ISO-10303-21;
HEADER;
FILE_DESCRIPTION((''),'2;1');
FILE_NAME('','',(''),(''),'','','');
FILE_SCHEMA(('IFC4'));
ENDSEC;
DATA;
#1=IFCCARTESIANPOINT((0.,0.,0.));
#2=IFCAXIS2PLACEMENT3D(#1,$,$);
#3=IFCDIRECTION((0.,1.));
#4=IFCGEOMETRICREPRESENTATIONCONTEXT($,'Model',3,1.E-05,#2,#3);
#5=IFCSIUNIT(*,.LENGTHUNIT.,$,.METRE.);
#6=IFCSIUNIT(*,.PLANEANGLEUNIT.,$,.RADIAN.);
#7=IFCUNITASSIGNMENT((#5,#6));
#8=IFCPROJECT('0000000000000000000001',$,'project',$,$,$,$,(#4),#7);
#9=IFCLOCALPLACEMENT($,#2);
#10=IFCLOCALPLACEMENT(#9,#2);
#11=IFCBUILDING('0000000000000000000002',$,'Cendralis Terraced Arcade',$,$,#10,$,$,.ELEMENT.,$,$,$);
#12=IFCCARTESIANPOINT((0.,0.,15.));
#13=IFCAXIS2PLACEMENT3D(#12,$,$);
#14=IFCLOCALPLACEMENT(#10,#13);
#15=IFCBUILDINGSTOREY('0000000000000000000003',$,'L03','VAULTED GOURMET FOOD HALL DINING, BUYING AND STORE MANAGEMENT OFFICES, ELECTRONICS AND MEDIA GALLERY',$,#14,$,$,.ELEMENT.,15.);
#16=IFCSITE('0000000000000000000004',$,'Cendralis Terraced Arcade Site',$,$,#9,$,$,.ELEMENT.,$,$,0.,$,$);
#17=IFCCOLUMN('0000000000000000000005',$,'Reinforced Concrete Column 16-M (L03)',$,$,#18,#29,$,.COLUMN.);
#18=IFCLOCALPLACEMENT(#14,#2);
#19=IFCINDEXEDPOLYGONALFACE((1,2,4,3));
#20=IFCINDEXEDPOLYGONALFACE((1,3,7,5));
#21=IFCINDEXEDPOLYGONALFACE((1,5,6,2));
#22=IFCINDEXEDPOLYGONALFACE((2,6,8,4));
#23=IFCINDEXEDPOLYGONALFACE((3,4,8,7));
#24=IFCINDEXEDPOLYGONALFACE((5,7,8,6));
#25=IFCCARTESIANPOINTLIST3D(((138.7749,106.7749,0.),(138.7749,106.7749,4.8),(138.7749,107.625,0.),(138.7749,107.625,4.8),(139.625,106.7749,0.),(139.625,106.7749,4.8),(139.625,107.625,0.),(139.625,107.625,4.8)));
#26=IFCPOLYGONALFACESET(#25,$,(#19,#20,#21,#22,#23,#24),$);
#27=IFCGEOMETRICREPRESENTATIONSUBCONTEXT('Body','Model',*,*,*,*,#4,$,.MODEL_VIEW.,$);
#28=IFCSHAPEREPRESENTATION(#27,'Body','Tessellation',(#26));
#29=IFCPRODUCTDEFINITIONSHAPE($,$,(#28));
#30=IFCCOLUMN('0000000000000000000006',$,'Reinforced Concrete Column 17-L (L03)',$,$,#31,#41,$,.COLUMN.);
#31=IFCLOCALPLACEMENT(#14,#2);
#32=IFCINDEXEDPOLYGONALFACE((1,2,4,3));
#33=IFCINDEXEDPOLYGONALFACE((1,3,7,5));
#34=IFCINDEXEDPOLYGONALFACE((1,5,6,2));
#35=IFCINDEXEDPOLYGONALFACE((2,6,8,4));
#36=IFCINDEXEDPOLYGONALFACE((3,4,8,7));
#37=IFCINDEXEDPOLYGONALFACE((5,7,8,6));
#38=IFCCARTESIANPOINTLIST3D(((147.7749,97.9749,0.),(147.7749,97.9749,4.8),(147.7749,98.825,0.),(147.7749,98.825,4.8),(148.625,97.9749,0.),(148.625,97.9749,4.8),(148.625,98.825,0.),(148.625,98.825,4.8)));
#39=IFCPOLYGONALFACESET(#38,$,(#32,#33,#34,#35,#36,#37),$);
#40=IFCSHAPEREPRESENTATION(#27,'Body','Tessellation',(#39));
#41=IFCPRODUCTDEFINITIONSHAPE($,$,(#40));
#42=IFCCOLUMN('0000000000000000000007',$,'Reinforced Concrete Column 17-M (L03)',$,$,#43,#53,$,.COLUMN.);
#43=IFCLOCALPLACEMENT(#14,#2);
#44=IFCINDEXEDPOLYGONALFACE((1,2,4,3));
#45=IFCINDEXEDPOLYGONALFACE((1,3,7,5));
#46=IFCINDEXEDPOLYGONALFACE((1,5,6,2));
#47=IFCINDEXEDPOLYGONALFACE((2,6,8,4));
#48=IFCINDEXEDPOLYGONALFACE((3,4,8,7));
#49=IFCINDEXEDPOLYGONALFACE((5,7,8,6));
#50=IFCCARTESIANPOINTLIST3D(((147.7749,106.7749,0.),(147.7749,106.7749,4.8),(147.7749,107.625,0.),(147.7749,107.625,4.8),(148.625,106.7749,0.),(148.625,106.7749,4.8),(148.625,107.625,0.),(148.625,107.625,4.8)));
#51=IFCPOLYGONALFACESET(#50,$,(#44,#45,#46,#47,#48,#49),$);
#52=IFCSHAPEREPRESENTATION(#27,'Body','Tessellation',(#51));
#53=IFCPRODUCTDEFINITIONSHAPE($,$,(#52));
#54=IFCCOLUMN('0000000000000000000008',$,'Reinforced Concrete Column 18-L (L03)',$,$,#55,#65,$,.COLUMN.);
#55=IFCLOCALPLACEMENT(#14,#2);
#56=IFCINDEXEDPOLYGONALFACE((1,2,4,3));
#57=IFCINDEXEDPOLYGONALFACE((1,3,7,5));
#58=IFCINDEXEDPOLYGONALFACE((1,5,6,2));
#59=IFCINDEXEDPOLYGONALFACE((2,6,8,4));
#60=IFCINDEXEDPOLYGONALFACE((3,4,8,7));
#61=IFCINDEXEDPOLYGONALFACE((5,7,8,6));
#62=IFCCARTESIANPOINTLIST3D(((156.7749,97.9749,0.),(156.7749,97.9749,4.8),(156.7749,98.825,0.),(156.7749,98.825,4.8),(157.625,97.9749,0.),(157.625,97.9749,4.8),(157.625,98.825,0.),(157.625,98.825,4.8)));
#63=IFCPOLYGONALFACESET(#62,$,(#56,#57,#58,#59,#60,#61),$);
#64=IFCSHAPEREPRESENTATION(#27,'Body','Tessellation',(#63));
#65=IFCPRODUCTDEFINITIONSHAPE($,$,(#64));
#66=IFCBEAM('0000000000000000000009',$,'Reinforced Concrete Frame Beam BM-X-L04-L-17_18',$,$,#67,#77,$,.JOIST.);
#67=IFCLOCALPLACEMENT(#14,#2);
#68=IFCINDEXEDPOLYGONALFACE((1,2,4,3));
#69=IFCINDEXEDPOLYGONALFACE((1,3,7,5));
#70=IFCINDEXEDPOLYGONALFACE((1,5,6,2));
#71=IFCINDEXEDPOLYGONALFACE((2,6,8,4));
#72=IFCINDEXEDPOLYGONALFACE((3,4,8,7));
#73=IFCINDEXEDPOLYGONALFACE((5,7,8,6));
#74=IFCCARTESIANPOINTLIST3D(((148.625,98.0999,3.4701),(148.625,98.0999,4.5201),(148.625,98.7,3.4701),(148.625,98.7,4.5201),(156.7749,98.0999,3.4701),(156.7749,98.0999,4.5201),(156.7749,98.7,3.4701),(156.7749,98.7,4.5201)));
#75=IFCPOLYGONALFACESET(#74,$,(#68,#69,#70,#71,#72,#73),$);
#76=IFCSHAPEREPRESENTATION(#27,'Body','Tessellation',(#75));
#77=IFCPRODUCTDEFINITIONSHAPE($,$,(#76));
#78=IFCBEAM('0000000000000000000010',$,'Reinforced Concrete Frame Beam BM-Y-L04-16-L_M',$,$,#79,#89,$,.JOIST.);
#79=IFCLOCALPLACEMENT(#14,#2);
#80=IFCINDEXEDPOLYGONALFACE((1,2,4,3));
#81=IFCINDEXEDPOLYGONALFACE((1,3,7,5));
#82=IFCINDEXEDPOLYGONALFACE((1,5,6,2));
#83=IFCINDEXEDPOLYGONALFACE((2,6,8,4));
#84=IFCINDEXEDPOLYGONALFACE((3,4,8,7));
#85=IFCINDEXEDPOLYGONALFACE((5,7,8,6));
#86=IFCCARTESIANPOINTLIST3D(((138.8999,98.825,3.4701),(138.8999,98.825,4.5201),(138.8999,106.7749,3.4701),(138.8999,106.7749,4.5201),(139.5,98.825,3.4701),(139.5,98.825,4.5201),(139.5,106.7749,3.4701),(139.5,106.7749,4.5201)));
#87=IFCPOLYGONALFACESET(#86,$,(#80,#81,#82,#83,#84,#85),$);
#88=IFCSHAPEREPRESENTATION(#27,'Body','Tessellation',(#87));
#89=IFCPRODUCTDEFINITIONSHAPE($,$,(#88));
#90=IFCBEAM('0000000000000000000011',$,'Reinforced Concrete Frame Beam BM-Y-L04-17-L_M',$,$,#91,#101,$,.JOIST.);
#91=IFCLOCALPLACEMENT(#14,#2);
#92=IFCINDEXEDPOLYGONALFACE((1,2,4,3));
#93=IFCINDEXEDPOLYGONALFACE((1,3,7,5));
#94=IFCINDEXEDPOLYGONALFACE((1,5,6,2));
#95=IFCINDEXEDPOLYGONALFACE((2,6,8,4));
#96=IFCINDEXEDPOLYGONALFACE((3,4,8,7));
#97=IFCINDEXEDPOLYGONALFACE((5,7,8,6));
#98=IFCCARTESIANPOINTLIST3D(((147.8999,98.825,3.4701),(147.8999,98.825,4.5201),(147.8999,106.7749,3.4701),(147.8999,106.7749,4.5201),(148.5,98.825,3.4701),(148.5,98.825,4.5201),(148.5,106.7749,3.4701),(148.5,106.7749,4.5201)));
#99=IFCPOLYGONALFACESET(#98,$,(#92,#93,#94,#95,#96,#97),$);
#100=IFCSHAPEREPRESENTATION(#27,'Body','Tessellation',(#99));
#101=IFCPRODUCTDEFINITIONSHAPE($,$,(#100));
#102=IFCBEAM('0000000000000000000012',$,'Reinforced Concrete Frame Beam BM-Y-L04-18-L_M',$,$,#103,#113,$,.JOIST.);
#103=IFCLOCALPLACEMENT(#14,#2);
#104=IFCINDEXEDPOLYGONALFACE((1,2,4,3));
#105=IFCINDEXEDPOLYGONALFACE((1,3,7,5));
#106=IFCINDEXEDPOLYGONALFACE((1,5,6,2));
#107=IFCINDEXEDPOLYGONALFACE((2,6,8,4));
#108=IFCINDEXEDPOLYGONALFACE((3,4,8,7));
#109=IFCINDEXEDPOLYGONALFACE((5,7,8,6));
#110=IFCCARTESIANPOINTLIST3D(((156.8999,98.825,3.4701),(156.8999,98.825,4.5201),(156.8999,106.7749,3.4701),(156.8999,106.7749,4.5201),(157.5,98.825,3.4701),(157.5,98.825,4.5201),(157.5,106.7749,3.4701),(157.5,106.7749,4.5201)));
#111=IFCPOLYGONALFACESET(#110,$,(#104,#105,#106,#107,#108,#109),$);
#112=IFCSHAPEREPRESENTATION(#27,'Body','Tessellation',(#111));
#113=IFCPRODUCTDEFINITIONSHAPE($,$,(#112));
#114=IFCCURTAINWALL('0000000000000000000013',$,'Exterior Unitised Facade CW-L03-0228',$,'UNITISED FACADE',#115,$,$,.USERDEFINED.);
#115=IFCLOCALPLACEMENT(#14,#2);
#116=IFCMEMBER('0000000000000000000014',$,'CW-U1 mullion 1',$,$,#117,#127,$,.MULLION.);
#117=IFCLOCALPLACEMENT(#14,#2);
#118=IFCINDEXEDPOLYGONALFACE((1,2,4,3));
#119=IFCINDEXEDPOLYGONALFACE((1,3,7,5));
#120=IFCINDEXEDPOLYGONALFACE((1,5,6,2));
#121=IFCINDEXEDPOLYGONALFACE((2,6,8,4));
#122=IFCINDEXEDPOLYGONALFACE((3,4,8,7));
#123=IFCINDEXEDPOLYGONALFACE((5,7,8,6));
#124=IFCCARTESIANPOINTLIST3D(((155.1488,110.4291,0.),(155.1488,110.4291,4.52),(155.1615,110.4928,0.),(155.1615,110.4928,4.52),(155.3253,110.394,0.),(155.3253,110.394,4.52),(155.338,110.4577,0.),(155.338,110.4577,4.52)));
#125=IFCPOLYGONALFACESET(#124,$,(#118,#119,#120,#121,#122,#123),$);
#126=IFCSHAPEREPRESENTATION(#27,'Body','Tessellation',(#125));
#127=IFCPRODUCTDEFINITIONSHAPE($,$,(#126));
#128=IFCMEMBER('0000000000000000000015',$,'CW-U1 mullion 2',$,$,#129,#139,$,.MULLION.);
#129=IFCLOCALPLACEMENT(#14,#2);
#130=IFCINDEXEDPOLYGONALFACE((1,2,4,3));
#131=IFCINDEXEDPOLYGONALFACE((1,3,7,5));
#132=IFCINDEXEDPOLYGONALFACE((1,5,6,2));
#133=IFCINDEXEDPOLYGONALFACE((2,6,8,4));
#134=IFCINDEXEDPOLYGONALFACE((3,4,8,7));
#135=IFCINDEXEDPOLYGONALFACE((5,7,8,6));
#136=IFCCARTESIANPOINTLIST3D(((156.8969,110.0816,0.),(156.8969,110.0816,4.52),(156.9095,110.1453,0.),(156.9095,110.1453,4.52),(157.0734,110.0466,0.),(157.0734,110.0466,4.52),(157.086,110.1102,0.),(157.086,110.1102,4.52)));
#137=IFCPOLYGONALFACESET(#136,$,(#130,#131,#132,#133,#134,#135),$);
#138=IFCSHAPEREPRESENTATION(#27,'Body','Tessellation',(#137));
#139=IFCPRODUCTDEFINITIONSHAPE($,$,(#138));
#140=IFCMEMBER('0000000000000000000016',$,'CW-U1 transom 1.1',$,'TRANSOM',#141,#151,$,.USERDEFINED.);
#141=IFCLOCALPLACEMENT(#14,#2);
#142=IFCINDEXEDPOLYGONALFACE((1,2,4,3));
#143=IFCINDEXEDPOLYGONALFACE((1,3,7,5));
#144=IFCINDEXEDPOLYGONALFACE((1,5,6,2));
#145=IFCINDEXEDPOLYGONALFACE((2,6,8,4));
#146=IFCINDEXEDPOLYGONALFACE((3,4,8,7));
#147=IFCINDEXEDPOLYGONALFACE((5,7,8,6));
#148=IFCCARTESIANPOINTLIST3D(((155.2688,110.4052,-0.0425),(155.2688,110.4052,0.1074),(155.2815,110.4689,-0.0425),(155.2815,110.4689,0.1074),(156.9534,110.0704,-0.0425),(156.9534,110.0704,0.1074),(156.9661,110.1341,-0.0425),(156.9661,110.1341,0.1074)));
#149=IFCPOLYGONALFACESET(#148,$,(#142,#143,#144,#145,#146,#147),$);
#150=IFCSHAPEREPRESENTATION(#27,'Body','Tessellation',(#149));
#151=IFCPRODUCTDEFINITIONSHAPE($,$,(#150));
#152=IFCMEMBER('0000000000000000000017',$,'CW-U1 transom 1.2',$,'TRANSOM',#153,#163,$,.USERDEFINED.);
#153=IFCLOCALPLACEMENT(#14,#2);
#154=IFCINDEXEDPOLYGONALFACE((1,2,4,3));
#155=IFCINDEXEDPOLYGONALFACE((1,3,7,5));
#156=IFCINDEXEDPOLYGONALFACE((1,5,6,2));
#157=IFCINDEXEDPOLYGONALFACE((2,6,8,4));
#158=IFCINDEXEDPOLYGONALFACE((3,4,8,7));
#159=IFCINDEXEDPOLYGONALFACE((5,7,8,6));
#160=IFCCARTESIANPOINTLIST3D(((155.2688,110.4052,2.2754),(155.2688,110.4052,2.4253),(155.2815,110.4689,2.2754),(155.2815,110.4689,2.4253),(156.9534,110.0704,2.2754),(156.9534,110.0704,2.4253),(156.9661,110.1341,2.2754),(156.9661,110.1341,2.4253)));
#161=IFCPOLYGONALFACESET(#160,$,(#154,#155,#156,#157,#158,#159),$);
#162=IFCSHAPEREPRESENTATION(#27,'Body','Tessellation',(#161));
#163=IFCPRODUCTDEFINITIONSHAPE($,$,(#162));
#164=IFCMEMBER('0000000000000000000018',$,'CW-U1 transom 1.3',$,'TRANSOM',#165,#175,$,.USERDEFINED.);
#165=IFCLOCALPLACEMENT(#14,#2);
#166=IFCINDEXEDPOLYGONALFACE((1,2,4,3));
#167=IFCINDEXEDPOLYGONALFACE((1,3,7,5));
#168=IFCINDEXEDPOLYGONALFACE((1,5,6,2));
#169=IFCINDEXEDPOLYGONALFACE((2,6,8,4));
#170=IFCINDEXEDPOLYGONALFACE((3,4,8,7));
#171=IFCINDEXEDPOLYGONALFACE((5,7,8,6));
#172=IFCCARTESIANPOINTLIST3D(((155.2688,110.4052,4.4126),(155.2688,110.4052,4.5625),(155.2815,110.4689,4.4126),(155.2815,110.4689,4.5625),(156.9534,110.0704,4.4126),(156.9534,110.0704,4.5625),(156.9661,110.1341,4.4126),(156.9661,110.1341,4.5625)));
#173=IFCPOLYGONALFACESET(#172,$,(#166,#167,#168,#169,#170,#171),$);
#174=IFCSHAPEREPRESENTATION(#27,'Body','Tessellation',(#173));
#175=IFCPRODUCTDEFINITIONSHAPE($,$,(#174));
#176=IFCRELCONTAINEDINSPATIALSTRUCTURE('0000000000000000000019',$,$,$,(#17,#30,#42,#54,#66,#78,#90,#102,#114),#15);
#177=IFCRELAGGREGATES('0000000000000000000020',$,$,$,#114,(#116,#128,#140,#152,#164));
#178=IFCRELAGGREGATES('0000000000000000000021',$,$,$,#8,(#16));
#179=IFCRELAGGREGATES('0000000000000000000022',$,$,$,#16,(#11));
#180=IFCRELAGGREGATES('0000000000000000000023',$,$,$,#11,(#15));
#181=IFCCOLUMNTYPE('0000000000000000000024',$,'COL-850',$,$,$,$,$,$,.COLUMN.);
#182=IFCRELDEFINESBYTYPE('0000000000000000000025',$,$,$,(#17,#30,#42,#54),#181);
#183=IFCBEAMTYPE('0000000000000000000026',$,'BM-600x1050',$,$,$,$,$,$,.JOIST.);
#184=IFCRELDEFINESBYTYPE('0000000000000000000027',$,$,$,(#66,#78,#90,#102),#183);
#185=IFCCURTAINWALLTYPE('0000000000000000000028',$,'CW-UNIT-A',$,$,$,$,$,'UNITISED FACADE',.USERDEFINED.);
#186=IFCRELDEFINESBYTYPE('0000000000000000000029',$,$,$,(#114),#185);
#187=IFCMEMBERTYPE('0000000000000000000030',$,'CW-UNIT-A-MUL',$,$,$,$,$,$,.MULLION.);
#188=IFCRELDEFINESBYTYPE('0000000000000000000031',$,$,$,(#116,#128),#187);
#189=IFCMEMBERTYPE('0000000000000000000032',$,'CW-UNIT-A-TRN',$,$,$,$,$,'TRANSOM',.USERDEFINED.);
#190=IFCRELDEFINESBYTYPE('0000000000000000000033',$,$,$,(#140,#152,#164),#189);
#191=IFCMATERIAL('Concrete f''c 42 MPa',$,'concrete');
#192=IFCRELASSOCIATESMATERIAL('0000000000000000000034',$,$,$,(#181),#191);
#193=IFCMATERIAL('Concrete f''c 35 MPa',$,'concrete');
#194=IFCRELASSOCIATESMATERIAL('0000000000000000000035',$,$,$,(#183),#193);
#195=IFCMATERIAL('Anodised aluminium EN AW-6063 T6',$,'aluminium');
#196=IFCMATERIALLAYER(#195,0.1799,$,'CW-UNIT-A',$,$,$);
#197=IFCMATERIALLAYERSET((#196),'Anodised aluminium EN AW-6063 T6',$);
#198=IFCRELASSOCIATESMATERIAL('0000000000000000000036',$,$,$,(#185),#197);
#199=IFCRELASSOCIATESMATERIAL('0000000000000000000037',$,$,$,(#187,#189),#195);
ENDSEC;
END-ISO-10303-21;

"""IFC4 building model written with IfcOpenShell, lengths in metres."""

from ifc_helpers import new_model, si_unit, direction, frame, origin, origin_2d, place, context, subcontext, project, spatial, rectangle, extrude, material, layer, layer_set, material_profile, profile_set, type_object, element, aggregate, save


model = new_model("IFC4")

# Units and contexts
model_context = context("Model", 3, precision=1e-05, world=origin(), true_north=direction((0.0, 1.0)))
body_context = subcontext(model_context, "Body", "Model", "MODEL_VIEW")
ifc_project = project(units=[si_unit("LENGTHUNIT", "METRE"), si_unit("PLANEANGLEUNIT", "RADIAN")], contexts=[model_context])

# Site, building, storey
site_placement = place(None, origin())
site = spatial("IfcSite", under=ifc_project, at=site_placement, Name="Cendralis Terraced Arcade Site", CompositionType="ELEMENT", RefElevation=0.0)
building_placement = place(site_placement, origin())
building = spatial("IfcBuilding", under=site, at=building_placement, Name="Cendralis Terraced Arcade", CompositionType="ELEMENT")
storey_placement = place(building_placement, frame((0.0, 0.0, 15.0)))
storey = spatial("IfcBuildingStorey", under=building, at=storey_placement, Name="L03", Description="VAULTED GOURMET FOOD HALL DINING, BUYING AND STORE MANAGEMENT OFFICES, ELECTRONICS AND MEDIA GALLERY", CompositionType="ELEMENT", Elevation=15.0)

# Columns
ifc_material_1 = material(Name="Concrete f'c 42 MPa", Category="concrete")
ifc_material_profile_1 = material_profile(ifc_material_1, rectangle(XDim=0.8501, YDim=0.8501, at=origin_2d()), Name="RC-COL-850x850", Category="LoadBearing")
ifc_profile_set_1 = profile_set([ifc_material_profile_1], Name="Concrete f'c 42 MPa")
column_type = type_object("IfcColumnType", Name="COL-850", PredefinedType="COLUMN", material=ifc_profile_set_1)
for number, where, z_axis, x_axis, name in (
    (1, (139.2, 107.2, 0.0), (0.0, 0.0, 1.0), (1.0, 0.0, 0.0), "Reinforced Concrete Column 16-M (L03)"),
    (2, (148.2, 98.3999, 0.0), (0.0, 0.0, 1.0), (1.0, 0.0, 0.0), "Reinforced Concrete Column 17-L (L03)"),
    (3, (148.2, 107.2, 0.0), (0.0, 0.0, 1.0), (1.0, 0.0, 0.0), "Reinforced Concrete Column 17-M (L03)"),
    (4, (157.2, 98.3999, 0.0), (0.0, 0.0, 1.0), (1.0, 0.0, 0.0), "Reinforced Concrete Column 18-L (L03)"),
):
    element("IfcColumn", number, at=place(storey_placement, frame(where, z_axis=z_axis, x_axis=x_axis)), inside=storey, type_object=column_type, Name=name, PredefinedType="COLUMN", context=body_context, shape_type="SweptSolid", body=[
        extrude(rectangle(XDim=0.8501, YDim=0.8501, at=origin_2d()), origin(), (0.0, 0.0, 1.0), 4.8),
    ])

# Beams
ifc_material_2 = material(Name="Concrete f'c 35 MPa", Category="concrete")
ifc_material_profile_2 = material_profile(ifc_material_2, rectangle(XDim=0.6001, YDim=1.05, at=origin_2d()), Name="RC-BM-600x1050", Category="LoadBearing")
ifc_profile_set_2 = profile_set([ifc_material_profile_2], Name="Concrete f'c 35 MPa")
beam_type = type_object("IfcBeamType", Name="BM-600x1050", PredefinedType="JOIST", material=ifc_profile_set_2)
beam_placement = place(storey_placement, frame((148.625, 98.3999, 3.9951), z_axis=(1.0, 0.0, 0.0), x_axis=(0.0, 1.0, 0.0)))
element("IfcBeam", 5, at=beam_placement, inside=storey, type_object=beam_type, Name="Reinforced Concrete Frame Beam BM-X-L04-L-17_18", PredefinedType="JOIST", context=body_context, shape_type="SweptSolid", body=[
    extrude(rectangle(XDim=0.6001, YDim=1.05, at=origin_2d()), origin(), (0.0, 0.0, 1.0), 8.1499),
])
for number, where, z_axis, x_axis, name in (
    (6, (139.2, 98.825, 3.9951), (0.0, 1.0, 0.0), (-1.0, 0.0, 0.0), "Reinforced Concrete Frame Beam BM-Y-L04-16-L_M"),
    (7, (148.2, 98.825, 3.9951), (0.0, 1.0, 0.0), (-1.0, 0.0, 0.0), "Reinforced Concrete Frame Beam BM-Y-L04-17-L_M"),
    (8, (157.2, 98.825, 3.9951), (0.0, 1.0, 0.0), (-1.0, 0.0, 0.0), "Reinforced Concrete Frame Beam BM-Y-L04-18-L_M"),
):
    element("IfcBeam", number, at=place(storey_placement, frame(where, z_axis=z_axis, x_axis=x_axis)), inside=storey, type_object=beam_type, Name=name, PredefinedType="JOIST", context=body_context, shape_type="SweptSolid", body=[
        extrude(rectangle(XDim=0.6001, YDim=1.05, at=origin_2d()), origin(), (0.0, 0.0, 1.0), 7.95),
    ])

# Curtain wall, members
ifc_material_3 = material(Name="Anodised aluminium EN AW-6063 T6", Category="aluminium")
ifc_layer_1 = layer(ifc_material_3, 0.1799, Name="CW-UNIT-A")
ifc_layer_set_1 = layer_set([ifc_layer_1], Name="Anodised aluminium EN AW-6063 T6")
curtain_wall_type = type_object("IfcCurtainWallType", Name="CW-UNIT-A", ElementType="UNITISED FACADE", PredefinedType="USERDEFINED", material=ifc_layer_set_1)
curtain_wall_placement = place(storey_placement, origin())
curtain_wall = element("IfcCurtainWall", 9, at=curtain_wall_placement, inside=storey, type_object=curtain_wall_type, Name="Exterior Unitised Facade CW-L03-0228", ObjectType="UNITISED FACADE", PredefinedType="USERDEFINED")
ifc_material_profile_3 = material_profile(ifc_material_3, rectangle(XDim=0.0649, YDim=0.1799, at=origin_2d()), Name="ALU-MUL-65x180")
ifc_profile_set_3 = profile_set([ifc_material_profile_3], Name="Anodised aluminium EN AW-6063 T6")
member_type_1 = type_object("IfcMemberType", Name="CW-UNIT-A-MUL", PredefinedType="MULLION", material=ifc_profile_set_3)
member_1_placement = place(storey_placement, frame((155.2434, 110.4434, 0.0), z_axis=(0.0, 0.0, 1.0), x_axis=(0.195033, 0.980797, 0.0)))
member_1 = element("IfcMember", 10, at=member_1_placement, type_object=member_type_1, Name="CW-U1 mullion 1", PredefinedType="MULLION", context=body_context, shape_type="SweptSolid", body=[
    extrude(rectangle(XDim=0.0649, YDim=0.1799, at=origin_2d()), origin(), (0.0, 0.0, 1.0), 4.52),
])
member_2_placement = place(storey_placement, frame((156.9915, 110.0959, 0.0), z_axis=(0.0, 0.0, 1.0), x_axis=(0.195033, 0.980797, 0.0)))
member_2 = element("IfcMember", 11, at=member_2_placement, type_object=member_type_1, Name="CW-U1 mullion 2", PredefinedType="MULLION", context=body_context, shape_type="SweptSolid", body=[
    extrude(rectangle(XDim=0.0649, YDim=0.1799, at=origin_2d()), origin(), (0.0, 0.0, 1.0), 4.52),
])
ifc_material_profile_4 = material_profile(ifc_material_3, rectangle(XDim=0.0649, YDim=0.1499, at=origin_2d()), Name="ALU-TRN-65x150")
ifc_profile_set_4 = profile_set([ifc_material_profile_4], Name="Anodised aluminium EN AW-6063 T6")
member_type_2 = type_object("IfcMemberType", Name="CW-UNIT-A-TRN", ElementType="TRANSOM", PredefinedType="USERDEFINED", material=ifc_profile_set_4)
member_3_placement = place(storey_placement, frame((155.2751, 110.437, 0.0325), z_axis=(0.980826, -0.194886, 0.0), x_axis=(0.194886, 0.980826, 0.0)))
member_3 = element("IfcMember", 12, at=member_3_placement, type_object=member_type_2, Name="CW-U1 transom 1.1", ObjectType="TRANSOM", PredefinedType="USERDEFINED", context=body_context, shape_type="SweptSolid", body=[
    extrude(rectangle(XDim=0.0649, YDim=0.1499, at=origin_2d()), origin(), (0.0, 0.0, 1.0), 1.7175),
])
member_4_placement = place(storey_placement, frame((155.2751, 110.437, 2.3503), z_axis=(0.980826, -0.194886, 0.0), x_axis=(0.194886, 0.980826, 0.0)))
member_4 = element("IfcMember", 13, at=member_4_placement, type_object=member_type_2, Name="CW-U1 transom 1.2", ObjectType="TRANSOM", PredefinedType="USERDEFINED", context=body_context, shape_type="SweptSolid", body=[
    extrude(rectangle(XDim=0.0649, YDim=0.1499, at=origin_2d()), origin(), (0.0, 0.0, 1.0), 1.7175),
])
member_5_placement = place(storey_placement, frame((155.2751, 110.437, 4.4875), z_axis=(0.980826, -0.194886, 0.0), x_axis=(0.194886, 0.980826, 0.0)))
member_5 = element("IfcMember", 14, at=member_5_placement, type_object=member_type_2, Name="CW-U1 transom 1.3", ObjectType="TRANSOM", PredefinedType="USERDEFINED", context=body_context, shape_type="SweptSolid", body=[
    extrude(rectangle(XDim=0.0649, YDim=0.1499, at=origin_2d()), origin(), (0.0, 0.0, 1.0), 1.7175),
])

aggregate(curtain_wall, [member_1, member_2, member_3, member_4, member_5])

save(model, "model.ifc")
